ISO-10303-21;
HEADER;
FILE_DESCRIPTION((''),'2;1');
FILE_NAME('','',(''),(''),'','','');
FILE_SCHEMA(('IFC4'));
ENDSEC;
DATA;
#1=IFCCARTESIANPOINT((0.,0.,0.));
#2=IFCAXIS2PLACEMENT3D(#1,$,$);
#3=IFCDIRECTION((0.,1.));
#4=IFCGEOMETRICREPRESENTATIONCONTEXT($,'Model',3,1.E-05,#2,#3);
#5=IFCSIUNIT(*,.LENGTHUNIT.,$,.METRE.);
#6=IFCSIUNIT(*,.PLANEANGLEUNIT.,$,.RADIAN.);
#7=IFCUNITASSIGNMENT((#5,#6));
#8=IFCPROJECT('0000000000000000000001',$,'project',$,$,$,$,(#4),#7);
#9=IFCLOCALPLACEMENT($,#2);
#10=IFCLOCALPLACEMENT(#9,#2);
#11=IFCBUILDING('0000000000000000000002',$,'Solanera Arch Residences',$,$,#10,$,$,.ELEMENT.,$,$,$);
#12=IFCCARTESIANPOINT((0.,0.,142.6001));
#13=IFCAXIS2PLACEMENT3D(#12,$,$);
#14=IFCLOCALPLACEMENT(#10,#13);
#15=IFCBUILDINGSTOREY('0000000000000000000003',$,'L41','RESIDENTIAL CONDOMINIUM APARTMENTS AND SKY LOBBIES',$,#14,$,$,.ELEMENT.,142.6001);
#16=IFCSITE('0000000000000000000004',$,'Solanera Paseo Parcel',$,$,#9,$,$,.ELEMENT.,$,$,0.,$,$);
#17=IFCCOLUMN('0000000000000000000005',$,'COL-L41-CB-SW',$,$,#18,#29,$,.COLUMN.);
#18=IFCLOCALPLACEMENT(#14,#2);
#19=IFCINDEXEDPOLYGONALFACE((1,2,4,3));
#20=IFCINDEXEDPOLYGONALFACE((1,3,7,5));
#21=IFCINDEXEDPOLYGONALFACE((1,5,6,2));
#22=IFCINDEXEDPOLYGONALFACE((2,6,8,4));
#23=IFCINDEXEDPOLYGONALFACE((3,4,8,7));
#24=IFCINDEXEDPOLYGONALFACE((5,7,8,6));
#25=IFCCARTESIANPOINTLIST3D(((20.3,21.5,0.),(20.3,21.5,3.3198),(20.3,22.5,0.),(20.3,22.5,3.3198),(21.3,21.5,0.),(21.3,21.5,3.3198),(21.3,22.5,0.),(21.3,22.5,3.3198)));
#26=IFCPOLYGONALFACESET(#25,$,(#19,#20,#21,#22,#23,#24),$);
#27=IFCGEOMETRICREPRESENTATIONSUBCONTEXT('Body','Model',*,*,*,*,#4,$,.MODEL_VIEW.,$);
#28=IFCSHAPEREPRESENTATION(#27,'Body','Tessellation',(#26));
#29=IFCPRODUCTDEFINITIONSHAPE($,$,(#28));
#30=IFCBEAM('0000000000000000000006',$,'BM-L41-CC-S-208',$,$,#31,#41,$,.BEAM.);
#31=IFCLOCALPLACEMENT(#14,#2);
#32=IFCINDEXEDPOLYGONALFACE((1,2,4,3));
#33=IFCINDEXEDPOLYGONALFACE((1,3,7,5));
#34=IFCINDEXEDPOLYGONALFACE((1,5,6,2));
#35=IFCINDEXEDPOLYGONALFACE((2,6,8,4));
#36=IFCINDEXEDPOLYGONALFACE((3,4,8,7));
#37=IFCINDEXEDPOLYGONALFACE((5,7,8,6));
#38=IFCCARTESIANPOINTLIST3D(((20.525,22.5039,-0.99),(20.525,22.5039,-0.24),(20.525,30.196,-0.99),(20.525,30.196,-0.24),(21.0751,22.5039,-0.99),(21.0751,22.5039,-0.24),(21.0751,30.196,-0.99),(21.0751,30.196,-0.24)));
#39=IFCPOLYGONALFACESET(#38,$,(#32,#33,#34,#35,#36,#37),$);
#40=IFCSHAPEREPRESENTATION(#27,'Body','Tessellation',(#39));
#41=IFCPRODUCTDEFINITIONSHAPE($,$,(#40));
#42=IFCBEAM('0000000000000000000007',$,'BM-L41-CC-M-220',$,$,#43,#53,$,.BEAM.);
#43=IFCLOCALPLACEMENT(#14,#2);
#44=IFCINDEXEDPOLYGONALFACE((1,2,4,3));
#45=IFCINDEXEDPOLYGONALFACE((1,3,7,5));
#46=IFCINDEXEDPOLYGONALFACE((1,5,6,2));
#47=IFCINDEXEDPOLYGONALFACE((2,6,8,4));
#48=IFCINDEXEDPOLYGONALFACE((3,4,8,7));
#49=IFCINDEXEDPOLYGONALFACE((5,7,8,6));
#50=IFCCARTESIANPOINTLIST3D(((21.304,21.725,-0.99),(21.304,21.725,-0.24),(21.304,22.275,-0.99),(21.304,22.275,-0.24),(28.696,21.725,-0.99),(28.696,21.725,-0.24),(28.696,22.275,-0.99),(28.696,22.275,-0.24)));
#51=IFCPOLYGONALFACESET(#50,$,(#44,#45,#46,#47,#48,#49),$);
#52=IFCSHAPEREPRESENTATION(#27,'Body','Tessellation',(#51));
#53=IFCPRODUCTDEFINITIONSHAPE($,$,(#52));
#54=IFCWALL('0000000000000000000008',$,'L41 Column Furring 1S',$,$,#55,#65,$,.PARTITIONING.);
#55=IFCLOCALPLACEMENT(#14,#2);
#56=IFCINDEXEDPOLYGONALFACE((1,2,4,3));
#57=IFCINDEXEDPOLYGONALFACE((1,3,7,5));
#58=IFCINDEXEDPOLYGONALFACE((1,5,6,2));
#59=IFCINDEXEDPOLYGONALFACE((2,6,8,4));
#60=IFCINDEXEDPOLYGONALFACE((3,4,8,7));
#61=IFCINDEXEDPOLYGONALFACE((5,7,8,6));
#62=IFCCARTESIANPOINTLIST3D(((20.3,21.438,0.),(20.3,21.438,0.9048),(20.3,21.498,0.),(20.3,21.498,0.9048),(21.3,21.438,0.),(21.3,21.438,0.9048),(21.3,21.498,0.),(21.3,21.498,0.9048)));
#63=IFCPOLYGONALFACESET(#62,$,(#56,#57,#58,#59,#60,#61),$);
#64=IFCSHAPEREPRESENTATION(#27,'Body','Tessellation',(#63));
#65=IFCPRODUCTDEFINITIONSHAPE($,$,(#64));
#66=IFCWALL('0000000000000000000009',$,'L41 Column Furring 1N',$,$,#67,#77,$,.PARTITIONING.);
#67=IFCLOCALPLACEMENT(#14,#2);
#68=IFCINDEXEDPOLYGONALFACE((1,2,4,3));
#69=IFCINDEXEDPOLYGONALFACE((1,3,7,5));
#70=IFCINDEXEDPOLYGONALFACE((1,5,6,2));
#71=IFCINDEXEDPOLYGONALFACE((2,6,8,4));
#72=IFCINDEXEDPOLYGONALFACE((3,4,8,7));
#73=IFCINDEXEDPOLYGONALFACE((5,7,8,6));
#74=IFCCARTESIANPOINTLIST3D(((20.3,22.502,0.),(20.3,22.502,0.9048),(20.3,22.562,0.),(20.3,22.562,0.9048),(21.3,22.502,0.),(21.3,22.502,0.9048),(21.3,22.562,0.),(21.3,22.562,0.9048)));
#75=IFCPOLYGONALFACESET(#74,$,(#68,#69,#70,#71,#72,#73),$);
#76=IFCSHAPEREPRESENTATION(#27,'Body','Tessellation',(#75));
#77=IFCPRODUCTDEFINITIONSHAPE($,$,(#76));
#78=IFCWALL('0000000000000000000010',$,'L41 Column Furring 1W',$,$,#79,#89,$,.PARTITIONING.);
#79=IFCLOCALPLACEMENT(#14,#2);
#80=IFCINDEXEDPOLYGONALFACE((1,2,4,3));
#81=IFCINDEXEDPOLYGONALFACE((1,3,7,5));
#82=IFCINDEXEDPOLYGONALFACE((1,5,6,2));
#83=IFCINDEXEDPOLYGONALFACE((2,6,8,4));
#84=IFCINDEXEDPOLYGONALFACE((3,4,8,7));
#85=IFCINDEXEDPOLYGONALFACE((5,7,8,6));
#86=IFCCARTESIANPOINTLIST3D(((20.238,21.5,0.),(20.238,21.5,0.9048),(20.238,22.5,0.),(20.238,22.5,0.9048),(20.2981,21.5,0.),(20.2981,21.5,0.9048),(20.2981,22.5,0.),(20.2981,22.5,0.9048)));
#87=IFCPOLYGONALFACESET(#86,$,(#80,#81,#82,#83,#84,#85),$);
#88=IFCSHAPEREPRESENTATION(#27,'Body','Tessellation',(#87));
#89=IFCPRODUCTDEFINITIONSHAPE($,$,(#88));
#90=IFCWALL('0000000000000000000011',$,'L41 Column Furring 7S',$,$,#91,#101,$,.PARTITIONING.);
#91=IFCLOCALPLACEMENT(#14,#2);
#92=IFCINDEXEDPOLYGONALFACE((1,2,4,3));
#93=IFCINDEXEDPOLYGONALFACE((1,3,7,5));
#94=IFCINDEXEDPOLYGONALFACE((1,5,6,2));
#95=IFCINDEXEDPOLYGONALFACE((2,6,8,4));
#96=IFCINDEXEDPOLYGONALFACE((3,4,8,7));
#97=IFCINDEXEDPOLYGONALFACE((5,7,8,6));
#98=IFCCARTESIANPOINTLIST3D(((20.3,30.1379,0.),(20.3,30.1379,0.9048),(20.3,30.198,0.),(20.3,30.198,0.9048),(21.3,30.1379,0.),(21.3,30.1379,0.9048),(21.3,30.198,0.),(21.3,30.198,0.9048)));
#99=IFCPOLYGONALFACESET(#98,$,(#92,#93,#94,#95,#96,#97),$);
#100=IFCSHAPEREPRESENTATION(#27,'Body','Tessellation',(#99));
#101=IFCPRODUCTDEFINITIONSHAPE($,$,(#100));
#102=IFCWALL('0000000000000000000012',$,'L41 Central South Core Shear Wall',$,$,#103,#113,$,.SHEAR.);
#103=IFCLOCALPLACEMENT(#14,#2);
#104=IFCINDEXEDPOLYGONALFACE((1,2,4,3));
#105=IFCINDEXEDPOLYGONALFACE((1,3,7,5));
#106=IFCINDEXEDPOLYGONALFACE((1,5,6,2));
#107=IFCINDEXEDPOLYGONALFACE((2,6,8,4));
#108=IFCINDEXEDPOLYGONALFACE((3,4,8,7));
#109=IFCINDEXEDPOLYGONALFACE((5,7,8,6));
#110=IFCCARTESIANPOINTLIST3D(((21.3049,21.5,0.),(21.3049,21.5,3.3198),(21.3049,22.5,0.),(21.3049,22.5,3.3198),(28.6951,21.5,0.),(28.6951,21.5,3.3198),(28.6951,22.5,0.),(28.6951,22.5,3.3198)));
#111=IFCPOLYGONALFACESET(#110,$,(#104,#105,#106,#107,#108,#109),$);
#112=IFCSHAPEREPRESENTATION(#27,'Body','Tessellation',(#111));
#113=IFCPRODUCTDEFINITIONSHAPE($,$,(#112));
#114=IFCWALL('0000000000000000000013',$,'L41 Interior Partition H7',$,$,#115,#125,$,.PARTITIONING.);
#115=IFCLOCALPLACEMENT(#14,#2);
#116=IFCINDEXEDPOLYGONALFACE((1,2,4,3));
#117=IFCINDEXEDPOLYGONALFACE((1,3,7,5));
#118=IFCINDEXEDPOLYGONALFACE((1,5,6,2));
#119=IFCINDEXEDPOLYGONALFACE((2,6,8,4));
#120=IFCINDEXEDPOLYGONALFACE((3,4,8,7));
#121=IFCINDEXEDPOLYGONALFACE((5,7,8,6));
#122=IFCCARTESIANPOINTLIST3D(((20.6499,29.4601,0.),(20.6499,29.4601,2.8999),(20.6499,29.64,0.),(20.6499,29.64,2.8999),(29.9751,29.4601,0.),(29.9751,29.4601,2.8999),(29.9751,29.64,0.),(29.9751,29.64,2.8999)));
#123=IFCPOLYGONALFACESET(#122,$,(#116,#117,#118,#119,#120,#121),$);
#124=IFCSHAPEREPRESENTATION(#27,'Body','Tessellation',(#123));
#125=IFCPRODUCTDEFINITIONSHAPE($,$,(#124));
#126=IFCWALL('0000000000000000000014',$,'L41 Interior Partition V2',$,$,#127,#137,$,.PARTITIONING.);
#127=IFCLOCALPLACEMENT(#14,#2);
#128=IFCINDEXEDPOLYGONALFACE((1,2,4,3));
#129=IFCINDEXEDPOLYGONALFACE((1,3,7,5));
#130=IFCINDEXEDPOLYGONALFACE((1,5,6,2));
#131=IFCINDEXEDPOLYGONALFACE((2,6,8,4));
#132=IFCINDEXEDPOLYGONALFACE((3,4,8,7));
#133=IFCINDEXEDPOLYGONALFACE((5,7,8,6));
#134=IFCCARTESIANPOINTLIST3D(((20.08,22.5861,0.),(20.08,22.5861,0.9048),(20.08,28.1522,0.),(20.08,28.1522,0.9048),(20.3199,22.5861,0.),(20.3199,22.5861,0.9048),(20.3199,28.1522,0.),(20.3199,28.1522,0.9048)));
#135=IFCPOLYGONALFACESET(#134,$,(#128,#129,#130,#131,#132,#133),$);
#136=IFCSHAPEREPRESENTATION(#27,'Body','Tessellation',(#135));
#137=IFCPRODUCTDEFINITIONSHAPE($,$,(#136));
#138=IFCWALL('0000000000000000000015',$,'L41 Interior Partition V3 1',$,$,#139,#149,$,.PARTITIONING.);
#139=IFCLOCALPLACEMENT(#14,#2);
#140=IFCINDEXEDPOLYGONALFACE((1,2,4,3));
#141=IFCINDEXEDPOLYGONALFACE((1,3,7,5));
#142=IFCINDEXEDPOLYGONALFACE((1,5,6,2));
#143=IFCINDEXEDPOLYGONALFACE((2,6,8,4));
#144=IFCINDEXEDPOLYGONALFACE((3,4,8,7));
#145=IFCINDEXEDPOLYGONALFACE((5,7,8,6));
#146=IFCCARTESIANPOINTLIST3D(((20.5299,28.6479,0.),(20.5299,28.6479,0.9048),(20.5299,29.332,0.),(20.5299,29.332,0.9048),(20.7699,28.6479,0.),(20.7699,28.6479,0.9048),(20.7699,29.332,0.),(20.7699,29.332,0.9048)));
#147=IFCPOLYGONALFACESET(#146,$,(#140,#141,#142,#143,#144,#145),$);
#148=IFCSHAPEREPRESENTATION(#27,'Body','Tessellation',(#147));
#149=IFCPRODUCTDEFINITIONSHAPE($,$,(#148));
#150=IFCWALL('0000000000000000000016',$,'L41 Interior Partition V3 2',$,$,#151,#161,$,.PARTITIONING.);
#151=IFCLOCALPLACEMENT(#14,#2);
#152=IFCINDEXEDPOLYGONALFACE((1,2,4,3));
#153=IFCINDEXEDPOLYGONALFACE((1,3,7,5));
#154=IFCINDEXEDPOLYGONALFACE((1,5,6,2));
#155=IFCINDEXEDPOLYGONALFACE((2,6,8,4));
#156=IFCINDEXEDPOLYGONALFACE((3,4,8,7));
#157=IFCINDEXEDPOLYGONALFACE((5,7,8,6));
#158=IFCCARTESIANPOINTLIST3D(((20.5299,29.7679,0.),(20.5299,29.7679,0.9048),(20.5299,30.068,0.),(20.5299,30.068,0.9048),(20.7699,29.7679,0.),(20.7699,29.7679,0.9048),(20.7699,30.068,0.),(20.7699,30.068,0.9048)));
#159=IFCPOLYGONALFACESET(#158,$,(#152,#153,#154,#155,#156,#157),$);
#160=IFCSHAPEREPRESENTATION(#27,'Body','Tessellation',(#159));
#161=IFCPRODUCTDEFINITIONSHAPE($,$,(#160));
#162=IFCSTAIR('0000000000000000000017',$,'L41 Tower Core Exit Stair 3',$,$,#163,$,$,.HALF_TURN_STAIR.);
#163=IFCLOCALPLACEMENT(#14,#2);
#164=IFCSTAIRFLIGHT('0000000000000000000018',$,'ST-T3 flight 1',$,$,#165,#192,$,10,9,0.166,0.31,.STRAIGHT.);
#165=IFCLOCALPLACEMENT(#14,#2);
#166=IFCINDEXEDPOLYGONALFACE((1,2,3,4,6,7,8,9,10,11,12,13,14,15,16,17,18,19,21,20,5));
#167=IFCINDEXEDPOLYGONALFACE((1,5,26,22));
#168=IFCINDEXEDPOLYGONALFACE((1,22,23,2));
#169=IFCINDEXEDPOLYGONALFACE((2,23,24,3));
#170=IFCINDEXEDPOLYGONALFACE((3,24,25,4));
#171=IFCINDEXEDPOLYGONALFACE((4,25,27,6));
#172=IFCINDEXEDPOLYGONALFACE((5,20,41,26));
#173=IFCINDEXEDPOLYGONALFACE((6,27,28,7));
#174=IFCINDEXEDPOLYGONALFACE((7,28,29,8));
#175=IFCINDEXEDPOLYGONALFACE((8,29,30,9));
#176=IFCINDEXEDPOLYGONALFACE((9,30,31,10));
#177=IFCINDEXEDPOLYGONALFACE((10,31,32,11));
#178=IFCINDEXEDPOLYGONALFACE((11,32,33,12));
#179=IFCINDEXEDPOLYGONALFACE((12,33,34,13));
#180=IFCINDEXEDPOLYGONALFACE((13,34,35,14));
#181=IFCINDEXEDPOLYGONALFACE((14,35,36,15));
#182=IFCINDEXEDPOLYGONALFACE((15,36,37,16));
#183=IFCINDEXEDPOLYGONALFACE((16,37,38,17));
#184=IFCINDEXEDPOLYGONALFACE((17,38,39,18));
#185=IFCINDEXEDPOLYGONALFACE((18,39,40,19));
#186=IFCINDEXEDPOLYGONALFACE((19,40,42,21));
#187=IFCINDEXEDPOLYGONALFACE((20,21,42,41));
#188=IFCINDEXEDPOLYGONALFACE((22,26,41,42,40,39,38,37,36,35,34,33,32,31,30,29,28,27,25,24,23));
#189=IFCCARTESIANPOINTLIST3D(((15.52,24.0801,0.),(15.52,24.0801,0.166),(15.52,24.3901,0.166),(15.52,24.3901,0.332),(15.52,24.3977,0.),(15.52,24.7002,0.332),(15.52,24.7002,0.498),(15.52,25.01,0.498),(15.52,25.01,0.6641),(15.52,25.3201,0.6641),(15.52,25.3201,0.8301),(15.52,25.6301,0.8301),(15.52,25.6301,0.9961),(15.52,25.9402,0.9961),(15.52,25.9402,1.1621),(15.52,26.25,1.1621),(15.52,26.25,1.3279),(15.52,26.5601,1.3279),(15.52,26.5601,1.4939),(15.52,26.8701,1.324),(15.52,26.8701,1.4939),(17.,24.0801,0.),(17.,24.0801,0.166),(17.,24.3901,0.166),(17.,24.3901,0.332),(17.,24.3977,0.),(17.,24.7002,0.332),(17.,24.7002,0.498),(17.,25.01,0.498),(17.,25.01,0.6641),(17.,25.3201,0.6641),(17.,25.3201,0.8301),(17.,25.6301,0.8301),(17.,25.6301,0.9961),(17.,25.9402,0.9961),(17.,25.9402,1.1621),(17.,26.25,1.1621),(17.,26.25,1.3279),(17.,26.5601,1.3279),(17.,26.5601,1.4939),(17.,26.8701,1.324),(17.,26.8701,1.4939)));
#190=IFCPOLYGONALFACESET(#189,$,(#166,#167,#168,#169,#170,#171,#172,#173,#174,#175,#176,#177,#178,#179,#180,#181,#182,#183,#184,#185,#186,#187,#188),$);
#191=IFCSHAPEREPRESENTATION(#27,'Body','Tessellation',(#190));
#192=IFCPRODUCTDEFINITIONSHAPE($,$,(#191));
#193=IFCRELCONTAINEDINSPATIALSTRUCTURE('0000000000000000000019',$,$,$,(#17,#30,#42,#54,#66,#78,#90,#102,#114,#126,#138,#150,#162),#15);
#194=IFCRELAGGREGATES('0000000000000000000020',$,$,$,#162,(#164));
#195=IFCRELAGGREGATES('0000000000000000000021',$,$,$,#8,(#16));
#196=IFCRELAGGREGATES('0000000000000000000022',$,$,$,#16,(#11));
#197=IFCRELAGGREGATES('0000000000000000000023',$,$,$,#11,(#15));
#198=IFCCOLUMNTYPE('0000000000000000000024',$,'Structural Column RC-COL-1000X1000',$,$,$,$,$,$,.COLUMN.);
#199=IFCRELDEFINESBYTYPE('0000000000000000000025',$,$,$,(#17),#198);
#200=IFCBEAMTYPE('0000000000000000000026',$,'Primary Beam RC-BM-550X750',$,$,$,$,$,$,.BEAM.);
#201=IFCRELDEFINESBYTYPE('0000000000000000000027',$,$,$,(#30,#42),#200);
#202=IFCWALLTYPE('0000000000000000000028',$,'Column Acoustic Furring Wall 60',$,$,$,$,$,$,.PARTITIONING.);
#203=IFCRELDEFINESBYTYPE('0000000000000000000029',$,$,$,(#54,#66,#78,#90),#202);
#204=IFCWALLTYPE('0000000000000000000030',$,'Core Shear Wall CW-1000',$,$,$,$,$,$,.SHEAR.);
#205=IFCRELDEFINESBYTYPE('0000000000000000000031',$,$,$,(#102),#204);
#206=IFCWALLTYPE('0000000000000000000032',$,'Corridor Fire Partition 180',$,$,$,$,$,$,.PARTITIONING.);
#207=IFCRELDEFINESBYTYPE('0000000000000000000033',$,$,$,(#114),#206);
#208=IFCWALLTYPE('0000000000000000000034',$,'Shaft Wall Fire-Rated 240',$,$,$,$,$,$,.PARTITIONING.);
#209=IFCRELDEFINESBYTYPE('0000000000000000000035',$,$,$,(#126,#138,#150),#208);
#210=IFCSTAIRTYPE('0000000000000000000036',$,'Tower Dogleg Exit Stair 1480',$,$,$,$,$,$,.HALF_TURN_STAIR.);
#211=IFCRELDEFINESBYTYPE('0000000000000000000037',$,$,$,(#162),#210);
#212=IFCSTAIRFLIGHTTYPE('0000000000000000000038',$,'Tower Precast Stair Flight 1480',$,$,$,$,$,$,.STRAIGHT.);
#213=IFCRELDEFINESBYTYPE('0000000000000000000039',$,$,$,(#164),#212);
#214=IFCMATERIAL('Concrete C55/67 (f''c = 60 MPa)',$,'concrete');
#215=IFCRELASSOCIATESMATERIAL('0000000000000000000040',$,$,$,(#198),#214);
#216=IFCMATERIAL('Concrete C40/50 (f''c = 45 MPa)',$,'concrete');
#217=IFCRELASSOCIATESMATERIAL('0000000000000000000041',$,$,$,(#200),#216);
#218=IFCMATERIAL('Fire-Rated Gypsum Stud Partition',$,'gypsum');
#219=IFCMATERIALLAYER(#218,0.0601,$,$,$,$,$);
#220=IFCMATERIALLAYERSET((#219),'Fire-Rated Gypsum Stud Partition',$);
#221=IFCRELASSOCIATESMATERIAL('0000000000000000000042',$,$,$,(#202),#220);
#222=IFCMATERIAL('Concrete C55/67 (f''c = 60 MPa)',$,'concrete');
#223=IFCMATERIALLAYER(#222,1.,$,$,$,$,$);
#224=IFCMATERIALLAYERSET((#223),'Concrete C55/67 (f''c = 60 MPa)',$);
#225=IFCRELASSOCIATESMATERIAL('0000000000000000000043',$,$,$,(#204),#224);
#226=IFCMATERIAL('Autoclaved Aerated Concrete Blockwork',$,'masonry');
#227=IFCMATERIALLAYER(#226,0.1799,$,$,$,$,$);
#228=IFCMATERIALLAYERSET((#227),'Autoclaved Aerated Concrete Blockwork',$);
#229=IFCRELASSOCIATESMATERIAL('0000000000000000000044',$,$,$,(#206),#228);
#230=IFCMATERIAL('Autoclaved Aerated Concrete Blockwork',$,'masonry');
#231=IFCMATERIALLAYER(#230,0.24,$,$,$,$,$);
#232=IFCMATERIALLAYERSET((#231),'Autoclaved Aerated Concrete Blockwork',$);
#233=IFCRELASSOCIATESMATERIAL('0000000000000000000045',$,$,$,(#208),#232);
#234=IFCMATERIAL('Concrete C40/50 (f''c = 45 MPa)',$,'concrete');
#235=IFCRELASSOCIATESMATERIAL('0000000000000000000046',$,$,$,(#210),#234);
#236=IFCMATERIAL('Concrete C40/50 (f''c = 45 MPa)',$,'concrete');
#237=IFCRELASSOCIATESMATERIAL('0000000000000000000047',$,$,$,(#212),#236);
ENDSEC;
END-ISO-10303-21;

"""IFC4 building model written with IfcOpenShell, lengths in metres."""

from ifc_helpers import new_model, si_unit, direction, frame, frame_2d, origin, origin_2d, place, context, subcontext, project, spatial, polyline, rectangle, outline, extrude, material, layer, layer_set, material_profile, profile_set, type_object, element, aggregate, save


model = new_model("IFC4")

# Units and contexts
model_context = context("Model", 3, precision=1e-05, world=origin(), true_north=direction((0.0, 1.0)))
body_context = subcontext(model_context, "Body", "Model", "MODEL_VIEW")
ifc_project = project(units=[si_unit("LENGTHUNIT", "METRE"), si_unit("PLANEANGLEUNIT", "RADIAN")], contexts=[model_context])

# Site, building, storey
site_placement = place(None, origin())
site = spatial("IfcSite", under=ifc_project, at=site_placement, Name="Solanera Paseo Parcel", CompositionType="ELEMENT", RefElevation=0.0)
building_placement = place(site_placement, origin())
building = spatial("IfcBuilding", under=site, at=building_placement, Name="Solanera Arch Residences", CompositionType="ELEMENT")
storey_placement = place(building_placement, frame((0.0, 0.0, 142.6001)))
storey = spatial("IfcBuildingStorey", under=building, at=storey_placement, Name="L41", Description="RESIDENTIAL CONDOMINIUM APARTMENTS AND SKY LOBBIES", CompositionType="ELEMENT", Elevation=142.6001)

# Column
ifc_material_1 = material(Name="Concrete C55/67 (f'c = 60 MPa)", Category="concrete")
ifc_material_profile_1 = material_profile(ifc_material_1, rectangle(XDim=1.0, YDim=1.0, at=origin_2d()))
ifc_profile_set_1 = profile_set([ifc_material_profile_1], Name="Concrete C55/67 (f'c = 60 MPa)")
column_type = type_object("IfcColumnType", Name="Structural Column RC-COL-1000X1000", PredefinedType="COLUMN", material=ifc_profile_set_1)
column_placement = place(storey_placement, frame((20.8, 22.0, 0.0), z_axis=(0.0, 0.0, 1.0), x_axis=(1.0, 0.0, 0.0)))
element("IfcColumn", 1, at=column_placement, inside=storey, type_object=column_type, Name="COL-L41-CB-SW", PredefinedType="COLUMN", context=body_context, shape_type="SweptSolid", body=[
    extrude(rectangle(XDim=1.0, YDim=1.0, at=origin_2d()), origin(), (0.0, 0.0, 1.0), 3.3198),
])

# Beams
ifc_material_2 = material(Name="Concrete C40/50 (f'c = 45 MPa)", Category="concrete")
ifc_material_profile_2 = material_profile(ifc_material_2, rectangle(XDim=0.55, YDim=0.75, at=origin_2d()))
ifc_profile_set_2 = profile_set([ifc_material_profile_2], Name="Concrete C40/50 (f'c = 45 MPa)")
beam_type = type_object("IfcBeamType", Name="Primary Beam RC-BM-550X750", PredefinedType="BEAM", material=ifc_profile_set_2)
beam_1_placement = place(storey_placement, frame((20.8, 22.5039, -0.615), z_axis=(0.0, 1.0, 0.0), x_axis=(-1.0, 0.0, 0.0)))
element("IfcBeam", 2, at=beam_1_placement, inside=storey, type_object=beam_type, Name="BM-L41-CC-S-208", PredefinedType="BEAM", context=body_context, shape_type="SweptSolid", body=[
    extrude(rectangle(XDim=0.55, YDim=0.75, at=origin_2d()), origin(), (0.0, 0.0, 1.0), 7.6921),
])
beam_2_placement = place(storey_placement, frame((21.304, 22.0, -0.615), z_axis=(1.0, 0.0, 0.0), x_axis=(0.0, 1.0, 0.0)))
element("IfcBeam", 3, at=beam_2_placement, inside=storey, type_object=beam_type, Name="BM-L41-CC-M-220", PredefinedType="BEAM", context=body_context, shape_type="SweptSolid", body=[
    extrude(rectangle(XDim=0.55, YDim=0.75, at=origin_2d()), origin(), (0.0, 0.0, 1.0), 7.3921),
])

# Walls
ifc_material_3 = material(Name="Fire-Rated Gypsum Stud Partition", Category="gypsum")
ifc_layer_1 = layer(ifc_material_3, 0.0601)
ifc_layer_set_1 = layer_set([ifc_layer_1], Name="Fire-Rated Gypsum Stud Partition")
wall_type_1 = type_object("IfcWallType", Name="Column Acoustic Furring Wall 60", PredefinedType="PARTITIONING", material=ifc_layer_set_1)
for number, where, z_axis, x_axis, name in (
    (4, (20.3, 21.468, 0.0), (0.0, 0.0, 1.0), (1.0, 0.0, 0.0), "L41 Column Furring 1S"),
    (5, (20.3, 22.532, 0.0), (0.0, 0.0, 1.0), (1.0, 0.0, 0.0), "L41 Column Furring 1N"),
    (6, (20.2681, 21.5, 0.0), (0.0, 0.0, 1.0), (0.0, 1.0, 0.0), "L41 Column Furring 1W"),
    (7, (20.3, 30.168, 0.0), (0.0, 0.0, 1.0), (1.0, 0.0, 0.0), "L41 Column Furring 7S"),
):
    element("IfcWall", number, at=place(storey_placement, frame(where, z_axis=z_axis, x_axis=x_axis)), inside=storey, type_object=wall_type_1, Name=name, PredefinedType="PARTITIONING", context=body_context, shape_type="SweptSolid", body=[
        extrude(rectangle(XDim=1.0, YDim=0.0601, at=frame_2d((0.5, 0.0))), origin(), (0.0, 0.0, 1.0), 0.9048),
    ])
ifc_material_4 = material(Name="Concrete C55/67 (f'c = 60 MPa)", Category="concrete")
ifc_layer_2 = layer(ifc_material_4, 1.0)
ifc_layer_set_2 = layer_set([ifc_layer_2], Name="Concrete C55/67 (f'c = 60 MPa)")
wall_type_2 = type_object("IfcWallType", Name="Core Shear Wall CW-1000", PredefinedType="SHEAR", material=ifc_layer_set_2)
wall_1_placement = place(storey_placement, frame((21.3049, 22.0, 0.0), z_axis=(0.0, 0.0, 1.0), x_axis=(1.0, 0.0, 0.0)))
element("IfcWall", 8, at=wall_1_placement, inside=storey, type_object=wall_type_2, Name="L41 Central South Core Shear Wall", PredefinedType="SHEAR", context=body_context, shape_type="SweptSolid", body=[
    extrude(rectangle(XDim=7.3901, YDim=1.0, at=frame_2d((3.6951, 0.0))), origin(), (0.0, 0.0, 1.0), 3.3198),
])

# Wall
ifc_material_5 = material(Name="Autoclaved Aerated Concrete Blockwork", Category="masonry")
ifc_layer_3 = layer(ifc_material_5, 0.1799)
ifc_layer_set_3 = layer_set([ifc_layer_3], Name="Autoclaved Aerated Concrete Blockwork")
wall_type_3 = type_object("IfcWallType", Name="Corridor Fire Partition 180", PredefinedType="PARTITIONING", material=ifc_layer_set_3)
wall_2_placement = place(storey_placement, frame((20.6499, 29.55, 0.0), z_axis=(0.0, 0.0, 1.0), x_axis=(1.0, 0.0, 0.0)))
element("IfcWall", 9, at=wall_2_placement, inside=storey, type_object=wall_type_3, Name="L41 Interior Partition H7", PredefinedType="PARTITIONING", context=body_context, shape_type="SweptSolid", body=[
    extrude(rectangle(XDim=9.3252, YDim=0.1799, at=frame_2d((4.6626, 0.0))), origin(), (0.0, 0.0, 1.0), 2.8999),
])

# Shared definitions
ifc_material_6 = material(Name="Autoclaved Aerated Concrete Blockwork", Category="masonry")
ifc_layer_4 = layer(ifc_material_6, 0.24)
ifc_layer_set_4 = layer_set([ifc_layer_4], Name="Autoclaved Aerated Concrete Blockwork")
wall_type_4 = type_object("IfcWallType", Name="Shaft Wall Fire-Rated 240", PredefinedType="PARTITIONING", material=ifc_layer_set_4)

# Walls
wall_3_placement = place(storey_placement, frame((20.2, 22.5859, 0.0), z_axis=(0.0, 0.0, 1.0), x_axis=(0.0, 1.0, 0.0)))
element("IfcWall", 10, at=wall_3_placement, inside=storey, type_object=wall_type_4, Name="L41 Interior Partition V2", PredefinedType="PARTITIONING", context=body_context, shape_type="SweptSolid", body=[
    extrude(rectangle(XDim=5.5662, YDim=0.24, at=frame_2d((2.7832, 0.0))), origin(), (0.0, 0.0, 1.0), 0.9048),
])
wall_4_placement = place(storey_placement, frame((20.6499, 28.6479, 0.0), z_axis=(0.0, 0.0, 1.0), x_axis=(0.0, 1.0, 0.0)))
element("IfcWall", 11, at=wall_4_placement, inside=storey, type_object=wall_type_4, Name="L41 Interior Partition V3 1", PredefinedType="PARTITIONING", context=body_context, shape_type="SweptSolid", body=[
    extrude(rectangle(XDim=0.6841, YDim=0.24, at=frame_2d((0.342, 0.0))), origin(), (0.0, 0.0, 1.0), 0.9048),
])
wall_5_placement = place(storey_placement, frame((20.6499, 29.7681, 0.0), z_axis=(0.0, 0.0, 1.0), x_axis=(0.0, 1.0, 0.0)))
element("IfcWall", 12, at=wall_5_placement, inside=storey, type_object=wall_type_4, Name="L41 Interior Partition V3 2", PredefinedType="PARTITIONING", context=body_context, shape_type="SweptSolid", body=[
    extrude(rectangle(XDim=0.3, YDim=0.24, at=frame_2d((0.1499, 0.0))), origin(), (0.0, 0.0, 1.0), 0.9048),
])

# Stair, stair flight
ifc_material_7 = material(Name="Concrete C40/50 (f'c = 45 MPa)", Category="concrete")
stair_type = type_object("IfcStairType", Name="Tower Dogleg Exit Stair 1480", PredefinedType="HALF_TURN_STAIR", material=ifc_material_7)
stair_placement = place(storey_placement, origin())
stair = element("IfcStair", 13, at=stair_placement, inside=storey, type_object=stair_type, Name="L41 Tower Core Exit Stair 3", PredefinedType="HALF_TURN_STAIR")
ifc_material_8 = material(Name="Concrete C40/50 (f'c = 45 MPa)", Category="concrete")
stair_flight_type = type_object("IfcStairFlightType", Name="Tower Precast Stair Flight 1480", PredefinedType="STRAIGHT", material=ifc_material_8)
stair_flight_placement = place(storey_placement, frame((16.26, 24.0801, 0.0), z_axis=(0.0, 0.0, 1.0), x_axis=(0.0, 1.0, 0.0)))
stair_flight = element("IfcStairFlight", 14, at=stair_flight_placement, type_object=stair_flight_type, Name="ST-T3 flight 1", NumberOfRisers=10, NumberOfTreads=9, PredefinedType="STRAIGHT", RiserHeight=0.166, TreadLength=0.31, context=body_context, shape_type="SweptSolid", body=[
    extrude(outline(polyline([(0.0, 0.0), (0.0, 0.166), (0.3101, 0.166), (0.3101, 0.332), (0.6201, 0.332), (0.6201, 0.498), (0.9299, 0.498), (0.9299, 0.6641), (1.24, 0.6641), (1.24, 0.8301), (1.55, 0.8301), (1.55, 0.9961), (1.8601, 0.9961), (1.8601, 1.1621), (2.1699, 1.1621), (2.1699, 1.3279), (2.48, 1.3279), (2.48, 1.4939), (2.79, 1.4939), (2.79, 1.6599), (2.79, 1.324), (0.3176, 0.0), (0.0, 0.0)])), frame((0.0, 0.74, 0.0), z_axis=(0.0, -1.0, 0.0), x_axis=(1.0, 0.0, 0.0)), (0.0, 0.0, 1.0), 1.48),
])
aggregate(stair, [stair_flight])

save(model, "model.ifc")
